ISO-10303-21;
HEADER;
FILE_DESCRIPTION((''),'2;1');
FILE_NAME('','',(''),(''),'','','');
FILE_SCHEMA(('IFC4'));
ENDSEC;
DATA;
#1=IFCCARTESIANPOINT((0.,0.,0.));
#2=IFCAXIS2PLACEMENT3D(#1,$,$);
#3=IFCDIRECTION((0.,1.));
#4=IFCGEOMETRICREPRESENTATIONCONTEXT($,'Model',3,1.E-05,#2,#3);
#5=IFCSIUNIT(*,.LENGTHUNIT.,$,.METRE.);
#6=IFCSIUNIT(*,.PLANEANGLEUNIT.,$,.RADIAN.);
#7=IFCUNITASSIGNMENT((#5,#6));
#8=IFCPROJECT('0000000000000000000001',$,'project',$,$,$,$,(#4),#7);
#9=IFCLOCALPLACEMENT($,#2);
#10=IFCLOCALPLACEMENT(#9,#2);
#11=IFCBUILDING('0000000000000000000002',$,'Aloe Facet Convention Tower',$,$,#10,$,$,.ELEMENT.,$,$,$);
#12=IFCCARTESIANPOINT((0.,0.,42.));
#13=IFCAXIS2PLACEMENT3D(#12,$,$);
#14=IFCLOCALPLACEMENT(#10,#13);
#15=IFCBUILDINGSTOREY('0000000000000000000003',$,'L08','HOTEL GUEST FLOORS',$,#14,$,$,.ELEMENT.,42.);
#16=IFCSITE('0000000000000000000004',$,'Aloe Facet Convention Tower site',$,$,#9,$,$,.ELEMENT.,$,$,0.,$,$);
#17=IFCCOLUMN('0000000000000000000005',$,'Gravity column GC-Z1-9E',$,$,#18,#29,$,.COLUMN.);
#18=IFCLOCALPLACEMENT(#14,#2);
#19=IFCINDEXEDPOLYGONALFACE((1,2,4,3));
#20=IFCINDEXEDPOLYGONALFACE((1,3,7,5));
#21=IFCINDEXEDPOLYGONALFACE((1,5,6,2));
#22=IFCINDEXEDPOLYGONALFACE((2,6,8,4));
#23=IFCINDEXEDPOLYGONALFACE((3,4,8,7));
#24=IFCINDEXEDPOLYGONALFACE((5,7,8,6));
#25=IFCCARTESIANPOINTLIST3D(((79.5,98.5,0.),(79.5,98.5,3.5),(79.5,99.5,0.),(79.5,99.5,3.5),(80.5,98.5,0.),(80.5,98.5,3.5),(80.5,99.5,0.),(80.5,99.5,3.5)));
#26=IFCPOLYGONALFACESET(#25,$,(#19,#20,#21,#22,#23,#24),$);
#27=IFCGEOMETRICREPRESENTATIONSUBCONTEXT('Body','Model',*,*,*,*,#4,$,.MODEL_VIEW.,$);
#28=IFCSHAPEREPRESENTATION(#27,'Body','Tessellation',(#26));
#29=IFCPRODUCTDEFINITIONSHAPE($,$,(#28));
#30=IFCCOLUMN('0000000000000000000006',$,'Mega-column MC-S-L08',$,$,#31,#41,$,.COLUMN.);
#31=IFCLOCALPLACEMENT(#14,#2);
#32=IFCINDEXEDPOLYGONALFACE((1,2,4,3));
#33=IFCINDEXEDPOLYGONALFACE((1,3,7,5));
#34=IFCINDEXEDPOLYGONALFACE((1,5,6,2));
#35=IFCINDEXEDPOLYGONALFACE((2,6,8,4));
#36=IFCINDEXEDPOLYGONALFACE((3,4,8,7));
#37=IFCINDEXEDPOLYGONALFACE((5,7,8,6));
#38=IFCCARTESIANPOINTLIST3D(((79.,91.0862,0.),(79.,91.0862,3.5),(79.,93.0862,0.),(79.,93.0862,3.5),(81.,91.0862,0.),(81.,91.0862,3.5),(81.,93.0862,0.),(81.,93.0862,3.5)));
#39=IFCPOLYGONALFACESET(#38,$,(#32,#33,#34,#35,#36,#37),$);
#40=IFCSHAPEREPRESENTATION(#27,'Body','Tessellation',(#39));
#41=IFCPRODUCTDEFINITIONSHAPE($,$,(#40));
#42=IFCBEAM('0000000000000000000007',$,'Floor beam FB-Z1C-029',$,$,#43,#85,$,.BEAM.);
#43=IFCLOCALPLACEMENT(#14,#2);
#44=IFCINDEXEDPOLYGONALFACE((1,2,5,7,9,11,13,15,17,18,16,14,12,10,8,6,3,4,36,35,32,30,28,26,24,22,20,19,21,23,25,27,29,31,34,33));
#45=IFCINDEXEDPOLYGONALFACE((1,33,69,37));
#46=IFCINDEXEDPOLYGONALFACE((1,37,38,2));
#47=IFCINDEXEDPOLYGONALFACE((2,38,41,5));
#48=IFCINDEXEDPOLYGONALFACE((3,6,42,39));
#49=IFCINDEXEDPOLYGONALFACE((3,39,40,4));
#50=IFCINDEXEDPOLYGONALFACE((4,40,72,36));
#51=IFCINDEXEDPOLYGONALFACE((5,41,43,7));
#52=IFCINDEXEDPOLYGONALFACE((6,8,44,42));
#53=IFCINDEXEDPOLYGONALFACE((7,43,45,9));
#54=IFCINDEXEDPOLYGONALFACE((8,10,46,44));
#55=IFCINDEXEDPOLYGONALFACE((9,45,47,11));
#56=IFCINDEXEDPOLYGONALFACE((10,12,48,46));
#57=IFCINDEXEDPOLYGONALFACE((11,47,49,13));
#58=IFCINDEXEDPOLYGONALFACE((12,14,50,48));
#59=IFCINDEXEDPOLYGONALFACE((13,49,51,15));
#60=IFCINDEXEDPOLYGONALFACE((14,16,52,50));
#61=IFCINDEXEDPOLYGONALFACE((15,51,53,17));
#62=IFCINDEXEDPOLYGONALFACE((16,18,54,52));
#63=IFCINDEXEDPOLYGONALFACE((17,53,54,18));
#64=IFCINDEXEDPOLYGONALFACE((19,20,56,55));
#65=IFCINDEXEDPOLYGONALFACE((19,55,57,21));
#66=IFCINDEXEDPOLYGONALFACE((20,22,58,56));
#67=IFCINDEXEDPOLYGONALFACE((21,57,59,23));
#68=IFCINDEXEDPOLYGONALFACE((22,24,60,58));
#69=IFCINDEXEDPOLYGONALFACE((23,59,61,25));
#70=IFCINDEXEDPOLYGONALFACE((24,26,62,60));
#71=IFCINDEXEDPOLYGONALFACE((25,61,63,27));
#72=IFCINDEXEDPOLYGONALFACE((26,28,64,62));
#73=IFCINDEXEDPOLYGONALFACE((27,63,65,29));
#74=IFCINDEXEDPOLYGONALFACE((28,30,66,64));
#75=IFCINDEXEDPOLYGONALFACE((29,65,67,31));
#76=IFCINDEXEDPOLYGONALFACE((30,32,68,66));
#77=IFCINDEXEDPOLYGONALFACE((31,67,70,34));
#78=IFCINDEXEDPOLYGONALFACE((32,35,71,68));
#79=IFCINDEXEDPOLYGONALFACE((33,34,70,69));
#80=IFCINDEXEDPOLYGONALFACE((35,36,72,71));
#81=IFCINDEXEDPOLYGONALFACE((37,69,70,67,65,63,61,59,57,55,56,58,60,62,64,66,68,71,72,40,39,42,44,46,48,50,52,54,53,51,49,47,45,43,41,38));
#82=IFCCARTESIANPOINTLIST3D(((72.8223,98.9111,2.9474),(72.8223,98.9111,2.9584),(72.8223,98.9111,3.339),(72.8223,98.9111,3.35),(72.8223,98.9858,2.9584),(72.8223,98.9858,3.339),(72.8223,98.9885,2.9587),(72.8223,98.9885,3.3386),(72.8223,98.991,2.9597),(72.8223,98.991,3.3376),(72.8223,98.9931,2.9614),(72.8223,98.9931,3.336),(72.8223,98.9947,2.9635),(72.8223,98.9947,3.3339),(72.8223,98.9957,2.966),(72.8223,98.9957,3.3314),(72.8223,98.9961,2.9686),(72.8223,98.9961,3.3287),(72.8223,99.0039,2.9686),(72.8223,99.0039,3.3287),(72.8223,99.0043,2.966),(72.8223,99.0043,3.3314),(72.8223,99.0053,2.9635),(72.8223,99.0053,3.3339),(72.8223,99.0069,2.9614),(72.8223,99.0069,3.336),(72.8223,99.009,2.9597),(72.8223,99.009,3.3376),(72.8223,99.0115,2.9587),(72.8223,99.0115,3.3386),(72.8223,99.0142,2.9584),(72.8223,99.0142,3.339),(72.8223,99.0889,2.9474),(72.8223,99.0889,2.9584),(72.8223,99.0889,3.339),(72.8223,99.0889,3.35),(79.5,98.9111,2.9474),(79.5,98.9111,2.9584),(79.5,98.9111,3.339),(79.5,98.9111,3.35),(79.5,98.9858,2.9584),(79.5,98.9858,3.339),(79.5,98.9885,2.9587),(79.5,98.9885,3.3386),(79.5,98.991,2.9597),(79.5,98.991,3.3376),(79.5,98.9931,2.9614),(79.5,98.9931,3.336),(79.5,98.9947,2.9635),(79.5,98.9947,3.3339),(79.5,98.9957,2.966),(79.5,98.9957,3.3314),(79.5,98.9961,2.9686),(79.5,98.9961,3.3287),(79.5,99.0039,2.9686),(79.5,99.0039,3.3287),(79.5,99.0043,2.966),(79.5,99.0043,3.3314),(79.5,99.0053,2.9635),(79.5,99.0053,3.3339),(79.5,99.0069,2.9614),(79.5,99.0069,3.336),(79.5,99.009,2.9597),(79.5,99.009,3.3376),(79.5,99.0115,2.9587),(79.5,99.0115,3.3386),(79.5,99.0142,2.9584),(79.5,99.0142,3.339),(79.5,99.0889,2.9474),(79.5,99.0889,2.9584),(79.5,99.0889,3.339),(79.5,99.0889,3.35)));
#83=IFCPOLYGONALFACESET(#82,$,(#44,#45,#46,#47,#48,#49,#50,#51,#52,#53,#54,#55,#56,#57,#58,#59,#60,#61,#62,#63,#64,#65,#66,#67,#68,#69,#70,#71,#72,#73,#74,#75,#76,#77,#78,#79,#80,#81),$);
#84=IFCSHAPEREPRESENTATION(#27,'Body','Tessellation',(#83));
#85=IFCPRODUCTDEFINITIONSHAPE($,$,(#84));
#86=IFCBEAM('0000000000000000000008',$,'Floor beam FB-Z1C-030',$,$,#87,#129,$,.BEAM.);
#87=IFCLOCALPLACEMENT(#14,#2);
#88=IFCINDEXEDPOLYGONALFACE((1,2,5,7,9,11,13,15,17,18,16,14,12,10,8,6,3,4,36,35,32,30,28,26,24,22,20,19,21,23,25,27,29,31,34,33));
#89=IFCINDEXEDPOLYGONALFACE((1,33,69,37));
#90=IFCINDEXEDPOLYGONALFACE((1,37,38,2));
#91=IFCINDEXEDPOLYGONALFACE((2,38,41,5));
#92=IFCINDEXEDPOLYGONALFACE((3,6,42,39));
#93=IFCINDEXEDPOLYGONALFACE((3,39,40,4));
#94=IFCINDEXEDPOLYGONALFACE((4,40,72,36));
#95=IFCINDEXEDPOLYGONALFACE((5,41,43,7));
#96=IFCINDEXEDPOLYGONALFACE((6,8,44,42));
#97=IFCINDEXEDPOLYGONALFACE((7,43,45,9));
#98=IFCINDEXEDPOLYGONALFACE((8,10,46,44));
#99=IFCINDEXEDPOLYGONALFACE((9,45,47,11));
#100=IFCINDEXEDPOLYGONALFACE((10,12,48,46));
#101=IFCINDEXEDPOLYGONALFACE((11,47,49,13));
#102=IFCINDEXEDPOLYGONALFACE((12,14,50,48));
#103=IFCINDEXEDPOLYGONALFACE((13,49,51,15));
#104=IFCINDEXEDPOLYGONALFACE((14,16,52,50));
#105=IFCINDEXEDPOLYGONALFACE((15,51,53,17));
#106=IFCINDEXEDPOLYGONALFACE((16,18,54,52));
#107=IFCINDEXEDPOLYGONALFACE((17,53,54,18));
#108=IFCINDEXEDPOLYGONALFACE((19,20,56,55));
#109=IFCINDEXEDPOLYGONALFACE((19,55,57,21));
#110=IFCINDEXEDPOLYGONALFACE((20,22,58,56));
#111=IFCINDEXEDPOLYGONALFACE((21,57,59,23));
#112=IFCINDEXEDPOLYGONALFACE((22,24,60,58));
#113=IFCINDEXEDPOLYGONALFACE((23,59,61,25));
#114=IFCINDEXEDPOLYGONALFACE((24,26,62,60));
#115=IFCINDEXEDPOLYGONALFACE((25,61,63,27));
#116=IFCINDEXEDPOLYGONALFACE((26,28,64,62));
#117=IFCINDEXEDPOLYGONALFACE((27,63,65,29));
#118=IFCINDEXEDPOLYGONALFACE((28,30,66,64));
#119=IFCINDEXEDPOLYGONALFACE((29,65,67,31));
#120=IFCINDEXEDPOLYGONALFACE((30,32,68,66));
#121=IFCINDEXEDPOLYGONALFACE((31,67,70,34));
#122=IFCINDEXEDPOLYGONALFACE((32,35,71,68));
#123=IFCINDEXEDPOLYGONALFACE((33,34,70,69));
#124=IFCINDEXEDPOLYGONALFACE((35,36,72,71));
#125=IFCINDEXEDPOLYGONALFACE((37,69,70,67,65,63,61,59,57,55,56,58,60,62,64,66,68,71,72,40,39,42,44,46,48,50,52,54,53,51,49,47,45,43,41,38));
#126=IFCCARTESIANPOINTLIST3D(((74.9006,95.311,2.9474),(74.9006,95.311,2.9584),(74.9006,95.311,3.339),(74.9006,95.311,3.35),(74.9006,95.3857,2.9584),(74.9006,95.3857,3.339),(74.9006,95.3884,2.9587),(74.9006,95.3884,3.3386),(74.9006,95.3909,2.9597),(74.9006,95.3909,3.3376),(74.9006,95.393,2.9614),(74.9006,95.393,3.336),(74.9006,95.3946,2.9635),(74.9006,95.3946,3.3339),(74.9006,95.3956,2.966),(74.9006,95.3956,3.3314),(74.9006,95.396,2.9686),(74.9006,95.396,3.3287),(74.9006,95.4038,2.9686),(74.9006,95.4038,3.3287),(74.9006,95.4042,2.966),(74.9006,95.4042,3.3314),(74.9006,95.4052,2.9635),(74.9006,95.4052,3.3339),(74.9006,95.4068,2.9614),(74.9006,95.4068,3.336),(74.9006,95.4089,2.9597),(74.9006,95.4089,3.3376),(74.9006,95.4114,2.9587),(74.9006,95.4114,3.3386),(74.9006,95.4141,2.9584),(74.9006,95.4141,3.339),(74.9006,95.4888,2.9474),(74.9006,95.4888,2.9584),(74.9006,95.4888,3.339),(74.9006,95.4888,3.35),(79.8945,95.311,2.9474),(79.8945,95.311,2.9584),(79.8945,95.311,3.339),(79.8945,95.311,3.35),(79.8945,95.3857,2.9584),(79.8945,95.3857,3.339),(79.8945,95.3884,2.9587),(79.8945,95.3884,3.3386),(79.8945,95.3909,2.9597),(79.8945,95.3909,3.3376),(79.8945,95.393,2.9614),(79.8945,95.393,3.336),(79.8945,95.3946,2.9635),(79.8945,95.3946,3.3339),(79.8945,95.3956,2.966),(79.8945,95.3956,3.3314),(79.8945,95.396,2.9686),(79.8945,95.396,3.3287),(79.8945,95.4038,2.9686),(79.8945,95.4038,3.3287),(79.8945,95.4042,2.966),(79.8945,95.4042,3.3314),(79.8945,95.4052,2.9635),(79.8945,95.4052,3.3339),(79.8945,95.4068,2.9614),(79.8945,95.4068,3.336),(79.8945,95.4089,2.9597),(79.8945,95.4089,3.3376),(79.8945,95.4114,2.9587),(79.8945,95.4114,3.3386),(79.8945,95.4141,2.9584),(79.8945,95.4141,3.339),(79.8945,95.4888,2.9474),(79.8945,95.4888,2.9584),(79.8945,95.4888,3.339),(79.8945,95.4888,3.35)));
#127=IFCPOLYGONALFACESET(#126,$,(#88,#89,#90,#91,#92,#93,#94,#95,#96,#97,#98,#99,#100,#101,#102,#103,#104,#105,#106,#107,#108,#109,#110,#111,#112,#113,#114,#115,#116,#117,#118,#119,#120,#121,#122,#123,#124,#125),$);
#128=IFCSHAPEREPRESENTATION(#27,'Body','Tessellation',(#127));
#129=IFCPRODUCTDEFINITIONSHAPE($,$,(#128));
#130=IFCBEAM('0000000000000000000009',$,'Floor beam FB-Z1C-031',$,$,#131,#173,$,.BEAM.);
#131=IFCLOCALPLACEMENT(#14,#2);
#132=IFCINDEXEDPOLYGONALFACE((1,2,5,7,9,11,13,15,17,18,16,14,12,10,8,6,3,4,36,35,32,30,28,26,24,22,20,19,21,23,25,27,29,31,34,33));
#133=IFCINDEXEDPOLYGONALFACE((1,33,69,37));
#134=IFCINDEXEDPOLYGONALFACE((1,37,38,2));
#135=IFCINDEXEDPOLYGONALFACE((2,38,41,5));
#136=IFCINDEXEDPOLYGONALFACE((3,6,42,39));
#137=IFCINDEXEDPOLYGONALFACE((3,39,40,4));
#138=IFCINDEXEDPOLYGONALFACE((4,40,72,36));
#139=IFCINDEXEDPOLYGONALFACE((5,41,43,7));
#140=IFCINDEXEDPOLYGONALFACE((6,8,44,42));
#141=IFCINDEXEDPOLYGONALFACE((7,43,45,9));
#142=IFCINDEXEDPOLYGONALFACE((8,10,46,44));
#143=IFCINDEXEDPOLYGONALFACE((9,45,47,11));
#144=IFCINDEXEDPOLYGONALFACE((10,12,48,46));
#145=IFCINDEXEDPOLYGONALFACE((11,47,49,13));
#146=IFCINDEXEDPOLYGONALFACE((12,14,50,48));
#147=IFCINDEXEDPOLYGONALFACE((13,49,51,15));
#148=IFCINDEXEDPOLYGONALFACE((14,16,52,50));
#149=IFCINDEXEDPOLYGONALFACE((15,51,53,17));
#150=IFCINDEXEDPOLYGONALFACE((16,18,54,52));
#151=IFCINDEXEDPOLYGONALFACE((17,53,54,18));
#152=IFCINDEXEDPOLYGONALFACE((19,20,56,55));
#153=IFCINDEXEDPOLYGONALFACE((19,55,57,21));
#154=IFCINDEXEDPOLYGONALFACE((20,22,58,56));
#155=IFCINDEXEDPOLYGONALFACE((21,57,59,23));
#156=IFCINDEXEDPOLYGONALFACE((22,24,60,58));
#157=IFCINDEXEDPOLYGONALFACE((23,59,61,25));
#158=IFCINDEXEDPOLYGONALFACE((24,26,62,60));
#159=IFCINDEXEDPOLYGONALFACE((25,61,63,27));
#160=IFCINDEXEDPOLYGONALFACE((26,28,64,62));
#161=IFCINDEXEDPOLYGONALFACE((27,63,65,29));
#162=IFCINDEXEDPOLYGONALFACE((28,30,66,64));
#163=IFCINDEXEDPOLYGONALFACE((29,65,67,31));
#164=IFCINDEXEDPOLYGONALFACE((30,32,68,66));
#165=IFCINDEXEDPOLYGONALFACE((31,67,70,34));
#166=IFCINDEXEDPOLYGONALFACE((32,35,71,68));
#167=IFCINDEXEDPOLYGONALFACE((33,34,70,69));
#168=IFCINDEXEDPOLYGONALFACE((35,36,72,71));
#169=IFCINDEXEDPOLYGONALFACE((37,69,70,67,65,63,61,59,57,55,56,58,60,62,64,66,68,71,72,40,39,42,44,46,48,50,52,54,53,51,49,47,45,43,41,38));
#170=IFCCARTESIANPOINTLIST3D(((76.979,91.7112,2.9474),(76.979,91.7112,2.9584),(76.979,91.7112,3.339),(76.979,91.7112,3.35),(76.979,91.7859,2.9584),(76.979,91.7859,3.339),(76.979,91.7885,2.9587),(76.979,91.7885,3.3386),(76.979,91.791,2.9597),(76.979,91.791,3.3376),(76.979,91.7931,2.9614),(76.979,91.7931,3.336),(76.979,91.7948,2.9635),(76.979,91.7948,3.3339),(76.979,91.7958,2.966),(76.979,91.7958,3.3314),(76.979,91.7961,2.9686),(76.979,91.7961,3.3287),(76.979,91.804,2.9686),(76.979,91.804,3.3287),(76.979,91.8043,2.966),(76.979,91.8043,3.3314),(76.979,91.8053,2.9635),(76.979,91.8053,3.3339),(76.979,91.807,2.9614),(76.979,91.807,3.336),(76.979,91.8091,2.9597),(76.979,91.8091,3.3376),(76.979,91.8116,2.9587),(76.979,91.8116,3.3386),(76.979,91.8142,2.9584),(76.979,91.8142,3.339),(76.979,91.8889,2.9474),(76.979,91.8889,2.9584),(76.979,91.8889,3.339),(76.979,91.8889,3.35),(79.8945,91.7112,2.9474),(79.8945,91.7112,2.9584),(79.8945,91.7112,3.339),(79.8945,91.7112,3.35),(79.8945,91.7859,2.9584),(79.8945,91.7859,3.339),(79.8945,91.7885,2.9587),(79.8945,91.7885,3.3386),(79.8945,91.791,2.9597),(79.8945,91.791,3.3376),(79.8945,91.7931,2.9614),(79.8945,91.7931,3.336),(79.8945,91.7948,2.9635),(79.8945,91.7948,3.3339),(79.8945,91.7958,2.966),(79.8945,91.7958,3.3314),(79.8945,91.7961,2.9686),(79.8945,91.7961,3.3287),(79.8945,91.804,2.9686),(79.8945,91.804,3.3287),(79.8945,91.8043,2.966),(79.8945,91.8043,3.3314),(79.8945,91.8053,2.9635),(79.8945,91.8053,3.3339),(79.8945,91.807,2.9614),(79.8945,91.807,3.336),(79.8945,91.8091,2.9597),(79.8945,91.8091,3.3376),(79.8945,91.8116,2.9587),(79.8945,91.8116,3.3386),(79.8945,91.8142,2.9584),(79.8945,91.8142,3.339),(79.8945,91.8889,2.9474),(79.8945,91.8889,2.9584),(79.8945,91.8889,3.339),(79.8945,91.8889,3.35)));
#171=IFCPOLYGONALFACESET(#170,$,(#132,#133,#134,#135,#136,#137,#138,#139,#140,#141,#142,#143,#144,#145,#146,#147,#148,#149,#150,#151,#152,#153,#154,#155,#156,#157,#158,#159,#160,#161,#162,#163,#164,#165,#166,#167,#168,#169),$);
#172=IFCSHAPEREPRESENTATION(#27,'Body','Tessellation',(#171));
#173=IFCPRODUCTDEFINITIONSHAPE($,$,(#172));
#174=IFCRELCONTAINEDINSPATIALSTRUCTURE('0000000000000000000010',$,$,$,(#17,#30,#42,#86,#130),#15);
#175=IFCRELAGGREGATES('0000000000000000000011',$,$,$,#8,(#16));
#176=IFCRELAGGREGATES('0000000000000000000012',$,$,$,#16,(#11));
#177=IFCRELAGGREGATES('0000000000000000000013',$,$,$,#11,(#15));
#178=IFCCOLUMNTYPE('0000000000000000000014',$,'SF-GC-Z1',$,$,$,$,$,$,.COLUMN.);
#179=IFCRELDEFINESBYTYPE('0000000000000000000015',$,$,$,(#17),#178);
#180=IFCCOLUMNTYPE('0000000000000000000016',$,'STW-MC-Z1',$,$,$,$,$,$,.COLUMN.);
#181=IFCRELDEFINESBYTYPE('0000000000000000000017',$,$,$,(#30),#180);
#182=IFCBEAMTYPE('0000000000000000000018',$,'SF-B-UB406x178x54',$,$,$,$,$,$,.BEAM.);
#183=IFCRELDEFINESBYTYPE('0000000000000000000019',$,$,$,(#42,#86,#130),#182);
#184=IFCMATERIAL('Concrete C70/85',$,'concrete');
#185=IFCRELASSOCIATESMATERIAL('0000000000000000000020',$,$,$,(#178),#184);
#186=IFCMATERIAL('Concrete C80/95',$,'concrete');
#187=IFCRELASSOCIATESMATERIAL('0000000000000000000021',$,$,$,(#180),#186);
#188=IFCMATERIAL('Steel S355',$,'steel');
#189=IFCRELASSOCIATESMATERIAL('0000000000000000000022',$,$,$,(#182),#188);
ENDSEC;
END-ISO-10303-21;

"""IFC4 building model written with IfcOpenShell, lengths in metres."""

from ifc_helpers import new_model, si_unit, direction, frame, origin, origin_2d, place, context, subcontext, project, spatial, rectangle, i_section, extrude, material, material_profile, profile_set, type_object, element, save


model = new_model("IFC4")

# Units and contexts
model_context = context("Model", 3, precision=1e-05, world=origin(), true_north=direction((0.0, 1.0)))
body_context = subcontext(model_context, "Body", "Model", "MODEL_VIEW")
ifc_project = project(units=[si_unit("LENGTHUNIT", "METRE"), si_unit("PLANEANGLEUNIT", "RADIAN")], contexts=[model_context])

# Site, building, storey
site_placement = place(None, origin())
site = spatial("IfcSite", under=ifc_project, at=site_placement, Name="Aloe Facet Convention Tower site", CompositionType="ELEMENT", RefElevation=0.0)
building_placement = place(site_placement, origin())
building = spatial("IfcBuilding", under=site, at=building_placement, Name="Aloe Facet Convention Tower", CompositionType="ELEMENT")
storey_placement = place(building_placement, frame((0.0, 0.0, 42.0)))
storey = spatial("IfcBuildingStorey", under=building, at=storey_placement, Name="L08", Description="HOTEL GUEST FLOORS", CompositionType="ELEMENT", Elevation=42.0)

# Columns
ifc_material_1 = material(Name="Concrete C70/85", Category="concrete")
ifc_material_profile_1 = material_profile(ifc_material_1, rectangle(XDim=1.0, YDim=1.0, at=origin_2d()), Name="SF-GC-Z1")
ifc_profile_set_1 = profile_set([ifc_material_profile_1], Name="Concrete C70/85")
column_type_1 = type_object("IfcColumnType", Name="SF-GC-Z1", PredefinedType="COLUMN", material=ifc_profile_set_1)
column_1_placement = place(storey_placement, frame((80.0, 99.0, 0.0), z_axis=(0.0, 0.0, 1.0), x_axis=(1.0, 0.0, 0.0)))
element("IfcColumn", 1, at=column_1_placement, inside=storey, type_object=column_type_1, Name="Gravity column GC-Z1-9E", PredefinedType="COLUMN", context=body_context, shape_type="SweptSolid", body=[
    extrude(rectangle(XDim=1.0, YDim=1.0, at=origin_2d()), origin(), (0.0, 0.0, 1.0), 3.5),
])
ifc_material_2 = material(Name="Concrete C80/95", Category="concrete")
ifc_material_profile_2 = material_profile(ifc_material_2, rectangle(XDim=2.0, YDim=2.0, at=origin_2d()), Name="STW-MC-Z1")
ifc_profile_set_2 = profile_set([ifc_material_profile_2], Name="Concrete C80/95")
column_type_2 = type_object("IfcColumnType", Name="STW-MC-Z1", PredefinedType="COLUMN", material=ifc_profile_set_2)
column_2_placement = place(storey_placement, frame((80.0, 92.0862, 0.0), z_axis=(0.0, 0.0, 1.0), x_axis=(1.0, 0.0, 0.0)))
element("IfcColumn", 2, at=column_2_placement, inside=storey, type_object=column_type_2, Name="Mega-column MC-S-L08", PredefinedType="COLUMN", context=body_context, shape_type="SweptSolid", body=[
    extrude(rectangle(XDim=2.0, YDim=2.0, at=origin_2d()), origin(), (0.0, 0.0, 1.0), 3.5),
])

# Beams
ifc_material_3 = material(Name="Steel S355", Category="steel")
ifc_material_profile_3 = material_profile(ifc_material_3, i_section(OverallWidth=0.1777, OverallDepth=0.4026, WebThickness=0.0078, FlangeThickness=0.011, FilletRadius=0.0103, at=origin_2d()), Name="UB 406x178x54")
ifc_profile_set_3 = profile_set([ifc_material_profile_3], Name="Steel S355")
beam_type_1 = type_object("IfcBeamType", Name="SF-B-UB406x178x54", PredefinedType="BEAM", material=ifc_profile_set_3)
beam_1_placement = place(storey_placement, frame((72.8223, 99.0, 3.1487), z_axis=(1.0, 0.0, 0.0), x_axis=(0.0, 1.0, 0.0)))
element("IfcBeam", 3, at=beam_1_placement, inside=storey, type_object=beam_type_1, Name="Floor beam FB-Z1C-029", PredefinedType="BEAM", context=body_context, shape_type="SweptSolid", body=[
    extrude(i_section(OverallWidth=0.1777, OverallDepth=0.4026, WebThickness=0.0078, FlangeThickness=0.011, FilletRadius=0.0103, at=origin_2d()), origin(), (0.0, 0.0, 1.0), 6.6777),
])
beam_2_placement = place(storey_placement, frame((74.9006, 95.3999, 3.1487), z_axis=(1.0, 0.0, 0.0), x_axis=(0.0, 1.0, 0.0)))
element("IfcBeam", 4, at=beam_2_placement, inside=storey, type_object=beam_type_1, Name="Floor beam FB-Z1C-030", PredefinedType="BEAM", context=body_context, shape_type="SweptSolid", body=[
    extrude(i_section(OverallWidth=0.1777, OverallDepth=0.4026, WebThickness=0.0078, FlangeThickness=0.011, FilletRadius=0.0103, at=origin_2d()), origin(), (0.0, 0.0, 1.0), 4.9939),
])
for number, where, z_axis, x_axis, name in (
    (5, (76.979, 91.8, 3.1487), (1.0, 0.0, 0.0), (0.0, 1.0, 0.0), "Floor beam FB-Z1C-031"),
):
    element("IfcBeam", number, at=place(storey_placement, frame(where, z_axis=z_axis, x_axis=x_axis)), inside=storey, type_object=beam_type_1, Name=name, PredefinedType="BEAM", context=body_context, shape_type="SweptSolid", body=[
        extrude(i_section(OverallWidth=0.1777, OverallDepth=0.4026, WebThickness=0.0078, FlangeThickness=0.011, FilletRadius=0.0103, at=origin_2d()), origin(), (0.0, 0.0, 1.0), 2.9155),
    ])

save(model, "model.ifc")
